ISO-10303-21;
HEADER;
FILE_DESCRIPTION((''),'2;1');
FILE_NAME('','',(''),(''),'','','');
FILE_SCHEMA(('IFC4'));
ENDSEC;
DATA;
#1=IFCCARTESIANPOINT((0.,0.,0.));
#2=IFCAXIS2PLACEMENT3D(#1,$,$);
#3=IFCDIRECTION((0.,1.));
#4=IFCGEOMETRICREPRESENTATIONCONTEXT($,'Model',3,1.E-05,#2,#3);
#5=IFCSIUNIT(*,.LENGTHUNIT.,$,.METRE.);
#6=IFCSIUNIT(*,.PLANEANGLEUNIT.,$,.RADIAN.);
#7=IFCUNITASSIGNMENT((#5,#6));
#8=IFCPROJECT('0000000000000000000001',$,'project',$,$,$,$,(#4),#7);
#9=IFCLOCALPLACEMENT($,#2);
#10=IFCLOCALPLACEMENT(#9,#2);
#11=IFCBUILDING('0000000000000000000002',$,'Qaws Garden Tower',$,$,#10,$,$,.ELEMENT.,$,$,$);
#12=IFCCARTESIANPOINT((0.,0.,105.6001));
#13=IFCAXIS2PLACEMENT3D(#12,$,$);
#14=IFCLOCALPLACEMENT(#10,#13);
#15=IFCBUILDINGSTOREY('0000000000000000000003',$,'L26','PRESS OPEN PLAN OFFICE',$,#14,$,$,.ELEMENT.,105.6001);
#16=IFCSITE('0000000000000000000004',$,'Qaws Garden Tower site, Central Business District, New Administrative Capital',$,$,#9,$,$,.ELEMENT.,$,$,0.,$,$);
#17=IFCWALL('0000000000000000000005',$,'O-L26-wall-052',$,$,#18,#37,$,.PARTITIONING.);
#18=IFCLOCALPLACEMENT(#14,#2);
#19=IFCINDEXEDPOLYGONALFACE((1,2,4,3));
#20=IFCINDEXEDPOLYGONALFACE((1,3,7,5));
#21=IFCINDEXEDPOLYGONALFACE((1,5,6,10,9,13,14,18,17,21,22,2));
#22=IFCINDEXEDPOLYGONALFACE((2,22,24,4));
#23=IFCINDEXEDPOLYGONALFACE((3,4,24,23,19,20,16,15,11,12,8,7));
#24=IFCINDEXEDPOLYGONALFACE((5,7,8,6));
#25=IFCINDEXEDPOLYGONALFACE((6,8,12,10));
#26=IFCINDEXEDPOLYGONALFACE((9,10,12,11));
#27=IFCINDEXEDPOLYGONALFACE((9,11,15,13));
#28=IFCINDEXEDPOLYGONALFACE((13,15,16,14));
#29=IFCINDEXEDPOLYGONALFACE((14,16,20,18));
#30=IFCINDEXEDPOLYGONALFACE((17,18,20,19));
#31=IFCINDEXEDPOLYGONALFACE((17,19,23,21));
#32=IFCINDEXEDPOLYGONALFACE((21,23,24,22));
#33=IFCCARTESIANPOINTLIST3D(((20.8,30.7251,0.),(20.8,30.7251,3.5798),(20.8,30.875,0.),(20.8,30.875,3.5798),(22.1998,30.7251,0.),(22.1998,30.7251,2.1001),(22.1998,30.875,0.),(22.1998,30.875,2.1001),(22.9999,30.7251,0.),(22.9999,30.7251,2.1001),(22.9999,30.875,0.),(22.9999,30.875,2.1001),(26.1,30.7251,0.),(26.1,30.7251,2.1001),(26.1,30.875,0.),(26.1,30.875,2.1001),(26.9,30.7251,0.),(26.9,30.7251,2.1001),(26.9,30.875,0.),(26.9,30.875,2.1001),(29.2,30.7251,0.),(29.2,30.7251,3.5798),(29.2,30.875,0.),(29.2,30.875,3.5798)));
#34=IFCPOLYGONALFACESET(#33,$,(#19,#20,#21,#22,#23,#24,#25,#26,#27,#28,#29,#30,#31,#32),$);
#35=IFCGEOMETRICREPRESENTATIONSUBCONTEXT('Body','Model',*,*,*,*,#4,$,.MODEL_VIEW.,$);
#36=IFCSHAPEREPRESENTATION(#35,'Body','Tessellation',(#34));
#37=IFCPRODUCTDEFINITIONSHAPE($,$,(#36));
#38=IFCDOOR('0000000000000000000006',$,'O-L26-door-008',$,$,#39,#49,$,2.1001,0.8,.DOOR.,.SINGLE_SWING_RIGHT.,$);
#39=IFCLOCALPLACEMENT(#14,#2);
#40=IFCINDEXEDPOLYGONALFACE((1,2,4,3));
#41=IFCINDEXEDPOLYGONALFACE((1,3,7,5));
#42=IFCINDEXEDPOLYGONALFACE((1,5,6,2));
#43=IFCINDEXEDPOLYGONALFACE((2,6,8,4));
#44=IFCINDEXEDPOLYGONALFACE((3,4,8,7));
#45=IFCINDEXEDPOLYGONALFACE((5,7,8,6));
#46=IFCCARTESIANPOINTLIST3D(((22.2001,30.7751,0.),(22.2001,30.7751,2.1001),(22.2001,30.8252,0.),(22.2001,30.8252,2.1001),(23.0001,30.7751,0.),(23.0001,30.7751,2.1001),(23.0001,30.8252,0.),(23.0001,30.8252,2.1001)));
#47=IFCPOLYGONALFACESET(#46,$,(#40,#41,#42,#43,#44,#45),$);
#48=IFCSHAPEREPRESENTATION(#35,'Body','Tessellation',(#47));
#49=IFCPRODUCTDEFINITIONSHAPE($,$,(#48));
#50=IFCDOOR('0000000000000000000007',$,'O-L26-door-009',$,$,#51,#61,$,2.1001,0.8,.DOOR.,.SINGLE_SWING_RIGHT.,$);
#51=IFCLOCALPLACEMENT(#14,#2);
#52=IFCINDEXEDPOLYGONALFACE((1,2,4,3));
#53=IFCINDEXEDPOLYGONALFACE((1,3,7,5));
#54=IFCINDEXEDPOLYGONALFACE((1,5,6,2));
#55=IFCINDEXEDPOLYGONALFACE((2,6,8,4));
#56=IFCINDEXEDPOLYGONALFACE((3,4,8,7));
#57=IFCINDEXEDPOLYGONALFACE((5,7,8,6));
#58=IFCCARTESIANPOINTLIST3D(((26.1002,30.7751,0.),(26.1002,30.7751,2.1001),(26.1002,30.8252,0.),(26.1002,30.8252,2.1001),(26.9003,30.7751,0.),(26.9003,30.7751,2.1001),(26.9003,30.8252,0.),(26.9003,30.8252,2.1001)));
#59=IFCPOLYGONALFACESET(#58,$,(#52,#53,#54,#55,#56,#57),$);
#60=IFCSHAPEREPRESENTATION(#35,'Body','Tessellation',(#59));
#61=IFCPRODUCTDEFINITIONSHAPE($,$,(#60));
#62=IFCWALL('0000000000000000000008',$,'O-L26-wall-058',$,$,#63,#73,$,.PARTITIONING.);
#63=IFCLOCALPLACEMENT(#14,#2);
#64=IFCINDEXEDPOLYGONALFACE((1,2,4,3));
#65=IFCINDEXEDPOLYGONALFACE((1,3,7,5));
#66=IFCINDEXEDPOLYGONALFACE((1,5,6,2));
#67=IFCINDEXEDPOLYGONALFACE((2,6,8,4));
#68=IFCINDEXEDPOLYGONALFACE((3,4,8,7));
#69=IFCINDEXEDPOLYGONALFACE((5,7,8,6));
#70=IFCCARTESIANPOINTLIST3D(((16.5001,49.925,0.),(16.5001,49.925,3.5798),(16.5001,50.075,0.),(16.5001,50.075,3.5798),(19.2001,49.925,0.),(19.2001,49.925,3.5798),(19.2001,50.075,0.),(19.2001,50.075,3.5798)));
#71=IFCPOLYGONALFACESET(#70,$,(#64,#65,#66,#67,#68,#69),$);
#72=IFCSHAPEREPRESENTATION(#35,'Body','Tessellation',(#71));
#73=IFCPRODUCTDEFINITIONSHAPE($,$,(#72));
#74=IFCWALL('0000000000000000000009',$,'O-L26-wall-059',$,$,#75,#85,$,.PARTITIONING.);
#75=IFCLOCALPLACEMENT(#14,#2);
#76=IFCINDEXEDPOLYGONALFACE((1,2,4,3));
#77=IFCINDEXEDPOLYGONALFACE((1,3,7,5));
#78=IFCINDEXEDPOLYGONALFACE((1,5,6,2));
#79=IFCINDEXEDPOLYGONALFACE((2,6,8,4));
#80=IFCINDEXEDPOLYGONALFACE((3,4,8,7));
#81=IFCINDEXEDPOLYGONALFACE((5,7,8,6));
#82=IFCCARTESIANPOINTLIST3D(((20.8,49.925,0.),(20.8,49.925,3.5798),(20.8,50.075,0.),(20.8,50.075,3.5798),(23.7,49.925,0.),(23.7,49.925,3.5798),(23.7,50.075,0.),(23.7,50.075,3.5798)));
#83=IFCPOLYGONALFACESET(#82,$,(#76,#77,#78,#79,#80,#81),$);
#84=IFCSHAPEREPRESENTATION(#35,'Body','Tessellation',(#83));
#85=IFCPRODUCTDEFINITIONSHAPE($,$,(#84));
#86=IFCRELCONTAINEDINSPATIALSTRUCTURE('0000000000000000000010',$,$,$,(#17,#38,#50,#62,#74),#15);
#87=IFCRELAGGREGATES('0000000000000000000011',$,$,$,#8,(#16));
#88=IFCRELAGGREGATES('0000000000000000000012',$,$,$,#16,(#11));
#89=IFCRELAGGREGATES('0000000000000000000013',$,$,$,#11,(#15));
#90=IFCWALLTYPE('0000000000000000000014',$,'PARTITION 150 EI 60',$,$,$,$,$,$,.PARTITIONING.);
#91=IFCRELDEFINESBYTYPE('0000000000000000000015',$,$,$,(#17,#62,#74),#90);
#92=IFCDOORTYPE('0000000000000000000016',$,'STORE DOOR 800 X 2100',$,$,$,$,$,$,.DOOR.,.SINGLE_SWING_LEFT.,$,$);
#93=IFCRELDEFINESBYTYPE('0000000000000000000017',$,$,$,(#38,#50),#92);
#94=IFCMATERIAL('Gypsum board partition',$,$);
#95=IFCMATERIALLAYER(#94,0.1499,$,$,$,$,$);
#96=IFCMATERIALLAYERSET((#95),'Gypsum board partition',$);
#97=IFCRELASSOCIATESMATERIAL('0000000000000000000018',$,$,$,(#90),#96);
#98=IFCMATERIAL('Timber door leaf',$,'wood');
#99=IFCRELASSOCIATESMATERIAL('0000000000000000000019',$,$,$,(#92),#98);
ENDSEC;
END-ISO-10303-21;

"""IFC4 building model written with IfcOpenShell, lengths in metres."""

from ifc_helpers import new_model, si_unit, direction, frame, frame_2d, origin, place, context, subcontext, project, spatial, rectangle, extrude, material, layer, layer_set, type_object, element, fill, save


model = new_model("IFC4")

# Units and contexts
model_context = context("Model", 3, precision=1e-05, world=origin(), true_north=direction((0.0, 1.0)))
body_context = subcontext(model_context, "Body", "Model", "MODEL_VIEW")
ifc_project = project(units=[si_unit("LENGTHUNIT", "METRE"), si_unit("PLANEANGLEUNIT", "RADIAN")], contexts=[model_context])

# Site, building, storey
site_placement = place(None, origin())
site = spatial("IfcSite", under=ifc_project, at=site_placement, Name="Qaws Garden Tower site, Central Business District, New Administrative Capital", CompositionType="ELEMENT", RefElevation=0.0)
building_placement = place(site_placement, origin())
building = spatial("IfcBuilding", under=site, at=building_placement, Name="Qaws Garden Tower", CompositionType="ELEMENT")
storey_placement = place(building_placement, frame((0.0, 0.0, 105.6001)))
storey = spatial("IfcBuildingStorey", under=building, at=storey_placement, Name="L26", Description="PRESS OPEN PLAN OFFICE", CompositionType="ELEMENT", Elevation=105.6001)

# Shared definitions
ifc_material_1 = material(Name="Gypsum board partition")
ifc_layer_1 = layer(ifc_material_1, 0.1499)
ifc_layer_set_1 = layer_set([ifc_layer_1], Name="Gypsum board partition")
wall_type_1 = type_object("IfcWallType", Name="PARTITION 150 EI 60", PredefinedType="PARTITIONING", material=ifc_layer_set_1)

# Wall, openings, doors
wall_1_placement = place(storey_placement, frame((20.8, 30.8, 0.0), z_axis=(0.0, 0.0, 1.0), x_axis=(1.0, 0.0, 0.0)))
wall_1 = element("IfcWall", 1, at=wall_1_placement, inside=storey, type_object=wall_type_1, Name="O-L26-wall-052", PredefinedType="PARTITIONING", context=body_context, shape_type="SweptSolid", body=[
    extrude(rectangle(XDim=8.3999, YDim=0.1499, at=frame_2d((4.2, 0.0))), origin(), (0.0, 0.0, 1.0), 3.5798),
])
opening_1_placement = place(wall_1_placement, frame((1.3999, 0.0, 0.0)))
opening_1 = element("IfcOpeningElement", 2, at=opening_1_placement, cuts=wall_1, PredefinedType="OPENING", context=body_context, shape_type="SweptSolid", body=[
    extrude(rectangle(XDim=0.8, YDim=2.1001, at=frame_2d((0.3999, 1.05))), frame((0.0, 0.085, 0.0), z_axis=(0.0, -1.0, 0.0), x_axis=(1.0, 0.0, 0.0)), (0.0, 0.0, 1.0), 0.1699),
])
opening_2_placement = place(wall_1_placement, frame((5.3, 0.0, 0.0)))
opening_2 = element("IfcOpeningElement", 3, at=opening_2_placement, cuts=wall_1, PredefinedType="OPENING", context=body_context, shape_type="SweptSolid", body=[
    extrude(rectangle(XDim=0.8, YDim=2.1001, at=frame_2d((0.3999, 1.05))), frame((0.0, 0.085, 0.0), z_axis=(0.0, -1.0, 0.0), x_axis=(1.0, 0.0, 0.0)), (0.0, 0.0, 1.0), 0.1699),
])
ifc_material_2 = material(Name="Timber door leaf", Category="wood")
door_type_1 = type_object("IfcDoorType", Name="STORE DOOR 800 X 2100", OperationType="SINGLE_SWING_LEFT", PredefinedType="DOOR", material=ifc_material_2)
door_1_placement = place(opening_1_placement, frame((0.8, 0.0, 0.0), z_axis=(0.0, 0.0, 1.0), x_axis=(-1.0, 0.0, 0.0)))
door_1 = element("IfcDoor", 4, at=door_1_placement, inside=storey, type_object=door_type_1, Name="O-L26-door-008", OperationType="SINGLE_SWING_RIGHT", OverallHeight=2.1001, OverallWidth=0.8, PredefinedType="DOOR", context=body_context, shape_type="SweptSolid", body=[
    extrude(rectangle(XDim=0.8, YDim=2.1001, at=frame_2d((0.3999, 1.05))), frame((0.0, 0.0249, 0.0), z_axis=(0.0, -1.0, 0.0), x_axis=(1.0, 0.0, 0.0)), (0.0, 0.0, 1.0), 0.05),
])
fill(opening_1, door_1)
door_2_placement = place(opening_2_placement, frame((0.8, 0.0, 0.0), z_axis=(0.0, 0.0, 1.0), x_axis=(-1.0, 0.0, 0.0)))
door_2 = element("IfcDoor", 5, at=door_2_placement, inside=storey, type_object=door_type_1, Name="O-L26-door-009", OperationType="SINGLE_SWING_RIGHT", OverallHeight=2.1001, OverallWidth=0.8, PredefinedType="DOOR", context=body_context, shape_type="SweptSolid", body=[
    extrude(rectangle(XDim=0.8, YDim=2.1001, at=frame_2d((0.3999, 1.05))), frame((0.0, 0.0249, 0.0), z_axis=(0.0, -1.0, 0.0), x_axis=(1.0, 0.0, 0.0)), (0.0, 0.0, 1.0), 0.05),
])
fill(opening_2, door_2)

# Walls
wall_2_placement = place(storey_placement, frame((16.5, 50.0, 0.0), z_axis=(0.0, 0.0, 1.0), x_axis=(1.0, 0.0, 0.0)))
element("IfcWall", 6, at=wall_2_placement, inside=storey, type_object=wall_type_1, Name="O-L26-wall-058", PredefinedType="PARTITIONING", context=body_context, shape_type="SweptSolid", body=[
    extrude(rectangle(XDim=2.7, YDim=0.1499, at=frame_2d((1.3501, 0.0))), origin(), (0.0, 0.0, 1.0), 3.5798),
])
wall_3_placement = place(storey_placement, frame((20.8, 50.0, 0.0), z_axis=(0.0, 0.0, 1.0), x_axis=(1.0, 0.0, 0.0)))
element("IfcWall", 7, at=wall_3_placement, inside=storey, type_object=wall_type_1, Name="O-L26-wall-059", PredefinedType="PARTITIONING", context=body_context, shape_type="SweptSolid", body=[
    extrude(rectangle(XDim=2.8999, YDim=0.1499, at=frame_2d((1.45, 0.0))), origin(), (0.0, 0.0, 1.0), 3.5798),
])

save(model, "model.ifc")
